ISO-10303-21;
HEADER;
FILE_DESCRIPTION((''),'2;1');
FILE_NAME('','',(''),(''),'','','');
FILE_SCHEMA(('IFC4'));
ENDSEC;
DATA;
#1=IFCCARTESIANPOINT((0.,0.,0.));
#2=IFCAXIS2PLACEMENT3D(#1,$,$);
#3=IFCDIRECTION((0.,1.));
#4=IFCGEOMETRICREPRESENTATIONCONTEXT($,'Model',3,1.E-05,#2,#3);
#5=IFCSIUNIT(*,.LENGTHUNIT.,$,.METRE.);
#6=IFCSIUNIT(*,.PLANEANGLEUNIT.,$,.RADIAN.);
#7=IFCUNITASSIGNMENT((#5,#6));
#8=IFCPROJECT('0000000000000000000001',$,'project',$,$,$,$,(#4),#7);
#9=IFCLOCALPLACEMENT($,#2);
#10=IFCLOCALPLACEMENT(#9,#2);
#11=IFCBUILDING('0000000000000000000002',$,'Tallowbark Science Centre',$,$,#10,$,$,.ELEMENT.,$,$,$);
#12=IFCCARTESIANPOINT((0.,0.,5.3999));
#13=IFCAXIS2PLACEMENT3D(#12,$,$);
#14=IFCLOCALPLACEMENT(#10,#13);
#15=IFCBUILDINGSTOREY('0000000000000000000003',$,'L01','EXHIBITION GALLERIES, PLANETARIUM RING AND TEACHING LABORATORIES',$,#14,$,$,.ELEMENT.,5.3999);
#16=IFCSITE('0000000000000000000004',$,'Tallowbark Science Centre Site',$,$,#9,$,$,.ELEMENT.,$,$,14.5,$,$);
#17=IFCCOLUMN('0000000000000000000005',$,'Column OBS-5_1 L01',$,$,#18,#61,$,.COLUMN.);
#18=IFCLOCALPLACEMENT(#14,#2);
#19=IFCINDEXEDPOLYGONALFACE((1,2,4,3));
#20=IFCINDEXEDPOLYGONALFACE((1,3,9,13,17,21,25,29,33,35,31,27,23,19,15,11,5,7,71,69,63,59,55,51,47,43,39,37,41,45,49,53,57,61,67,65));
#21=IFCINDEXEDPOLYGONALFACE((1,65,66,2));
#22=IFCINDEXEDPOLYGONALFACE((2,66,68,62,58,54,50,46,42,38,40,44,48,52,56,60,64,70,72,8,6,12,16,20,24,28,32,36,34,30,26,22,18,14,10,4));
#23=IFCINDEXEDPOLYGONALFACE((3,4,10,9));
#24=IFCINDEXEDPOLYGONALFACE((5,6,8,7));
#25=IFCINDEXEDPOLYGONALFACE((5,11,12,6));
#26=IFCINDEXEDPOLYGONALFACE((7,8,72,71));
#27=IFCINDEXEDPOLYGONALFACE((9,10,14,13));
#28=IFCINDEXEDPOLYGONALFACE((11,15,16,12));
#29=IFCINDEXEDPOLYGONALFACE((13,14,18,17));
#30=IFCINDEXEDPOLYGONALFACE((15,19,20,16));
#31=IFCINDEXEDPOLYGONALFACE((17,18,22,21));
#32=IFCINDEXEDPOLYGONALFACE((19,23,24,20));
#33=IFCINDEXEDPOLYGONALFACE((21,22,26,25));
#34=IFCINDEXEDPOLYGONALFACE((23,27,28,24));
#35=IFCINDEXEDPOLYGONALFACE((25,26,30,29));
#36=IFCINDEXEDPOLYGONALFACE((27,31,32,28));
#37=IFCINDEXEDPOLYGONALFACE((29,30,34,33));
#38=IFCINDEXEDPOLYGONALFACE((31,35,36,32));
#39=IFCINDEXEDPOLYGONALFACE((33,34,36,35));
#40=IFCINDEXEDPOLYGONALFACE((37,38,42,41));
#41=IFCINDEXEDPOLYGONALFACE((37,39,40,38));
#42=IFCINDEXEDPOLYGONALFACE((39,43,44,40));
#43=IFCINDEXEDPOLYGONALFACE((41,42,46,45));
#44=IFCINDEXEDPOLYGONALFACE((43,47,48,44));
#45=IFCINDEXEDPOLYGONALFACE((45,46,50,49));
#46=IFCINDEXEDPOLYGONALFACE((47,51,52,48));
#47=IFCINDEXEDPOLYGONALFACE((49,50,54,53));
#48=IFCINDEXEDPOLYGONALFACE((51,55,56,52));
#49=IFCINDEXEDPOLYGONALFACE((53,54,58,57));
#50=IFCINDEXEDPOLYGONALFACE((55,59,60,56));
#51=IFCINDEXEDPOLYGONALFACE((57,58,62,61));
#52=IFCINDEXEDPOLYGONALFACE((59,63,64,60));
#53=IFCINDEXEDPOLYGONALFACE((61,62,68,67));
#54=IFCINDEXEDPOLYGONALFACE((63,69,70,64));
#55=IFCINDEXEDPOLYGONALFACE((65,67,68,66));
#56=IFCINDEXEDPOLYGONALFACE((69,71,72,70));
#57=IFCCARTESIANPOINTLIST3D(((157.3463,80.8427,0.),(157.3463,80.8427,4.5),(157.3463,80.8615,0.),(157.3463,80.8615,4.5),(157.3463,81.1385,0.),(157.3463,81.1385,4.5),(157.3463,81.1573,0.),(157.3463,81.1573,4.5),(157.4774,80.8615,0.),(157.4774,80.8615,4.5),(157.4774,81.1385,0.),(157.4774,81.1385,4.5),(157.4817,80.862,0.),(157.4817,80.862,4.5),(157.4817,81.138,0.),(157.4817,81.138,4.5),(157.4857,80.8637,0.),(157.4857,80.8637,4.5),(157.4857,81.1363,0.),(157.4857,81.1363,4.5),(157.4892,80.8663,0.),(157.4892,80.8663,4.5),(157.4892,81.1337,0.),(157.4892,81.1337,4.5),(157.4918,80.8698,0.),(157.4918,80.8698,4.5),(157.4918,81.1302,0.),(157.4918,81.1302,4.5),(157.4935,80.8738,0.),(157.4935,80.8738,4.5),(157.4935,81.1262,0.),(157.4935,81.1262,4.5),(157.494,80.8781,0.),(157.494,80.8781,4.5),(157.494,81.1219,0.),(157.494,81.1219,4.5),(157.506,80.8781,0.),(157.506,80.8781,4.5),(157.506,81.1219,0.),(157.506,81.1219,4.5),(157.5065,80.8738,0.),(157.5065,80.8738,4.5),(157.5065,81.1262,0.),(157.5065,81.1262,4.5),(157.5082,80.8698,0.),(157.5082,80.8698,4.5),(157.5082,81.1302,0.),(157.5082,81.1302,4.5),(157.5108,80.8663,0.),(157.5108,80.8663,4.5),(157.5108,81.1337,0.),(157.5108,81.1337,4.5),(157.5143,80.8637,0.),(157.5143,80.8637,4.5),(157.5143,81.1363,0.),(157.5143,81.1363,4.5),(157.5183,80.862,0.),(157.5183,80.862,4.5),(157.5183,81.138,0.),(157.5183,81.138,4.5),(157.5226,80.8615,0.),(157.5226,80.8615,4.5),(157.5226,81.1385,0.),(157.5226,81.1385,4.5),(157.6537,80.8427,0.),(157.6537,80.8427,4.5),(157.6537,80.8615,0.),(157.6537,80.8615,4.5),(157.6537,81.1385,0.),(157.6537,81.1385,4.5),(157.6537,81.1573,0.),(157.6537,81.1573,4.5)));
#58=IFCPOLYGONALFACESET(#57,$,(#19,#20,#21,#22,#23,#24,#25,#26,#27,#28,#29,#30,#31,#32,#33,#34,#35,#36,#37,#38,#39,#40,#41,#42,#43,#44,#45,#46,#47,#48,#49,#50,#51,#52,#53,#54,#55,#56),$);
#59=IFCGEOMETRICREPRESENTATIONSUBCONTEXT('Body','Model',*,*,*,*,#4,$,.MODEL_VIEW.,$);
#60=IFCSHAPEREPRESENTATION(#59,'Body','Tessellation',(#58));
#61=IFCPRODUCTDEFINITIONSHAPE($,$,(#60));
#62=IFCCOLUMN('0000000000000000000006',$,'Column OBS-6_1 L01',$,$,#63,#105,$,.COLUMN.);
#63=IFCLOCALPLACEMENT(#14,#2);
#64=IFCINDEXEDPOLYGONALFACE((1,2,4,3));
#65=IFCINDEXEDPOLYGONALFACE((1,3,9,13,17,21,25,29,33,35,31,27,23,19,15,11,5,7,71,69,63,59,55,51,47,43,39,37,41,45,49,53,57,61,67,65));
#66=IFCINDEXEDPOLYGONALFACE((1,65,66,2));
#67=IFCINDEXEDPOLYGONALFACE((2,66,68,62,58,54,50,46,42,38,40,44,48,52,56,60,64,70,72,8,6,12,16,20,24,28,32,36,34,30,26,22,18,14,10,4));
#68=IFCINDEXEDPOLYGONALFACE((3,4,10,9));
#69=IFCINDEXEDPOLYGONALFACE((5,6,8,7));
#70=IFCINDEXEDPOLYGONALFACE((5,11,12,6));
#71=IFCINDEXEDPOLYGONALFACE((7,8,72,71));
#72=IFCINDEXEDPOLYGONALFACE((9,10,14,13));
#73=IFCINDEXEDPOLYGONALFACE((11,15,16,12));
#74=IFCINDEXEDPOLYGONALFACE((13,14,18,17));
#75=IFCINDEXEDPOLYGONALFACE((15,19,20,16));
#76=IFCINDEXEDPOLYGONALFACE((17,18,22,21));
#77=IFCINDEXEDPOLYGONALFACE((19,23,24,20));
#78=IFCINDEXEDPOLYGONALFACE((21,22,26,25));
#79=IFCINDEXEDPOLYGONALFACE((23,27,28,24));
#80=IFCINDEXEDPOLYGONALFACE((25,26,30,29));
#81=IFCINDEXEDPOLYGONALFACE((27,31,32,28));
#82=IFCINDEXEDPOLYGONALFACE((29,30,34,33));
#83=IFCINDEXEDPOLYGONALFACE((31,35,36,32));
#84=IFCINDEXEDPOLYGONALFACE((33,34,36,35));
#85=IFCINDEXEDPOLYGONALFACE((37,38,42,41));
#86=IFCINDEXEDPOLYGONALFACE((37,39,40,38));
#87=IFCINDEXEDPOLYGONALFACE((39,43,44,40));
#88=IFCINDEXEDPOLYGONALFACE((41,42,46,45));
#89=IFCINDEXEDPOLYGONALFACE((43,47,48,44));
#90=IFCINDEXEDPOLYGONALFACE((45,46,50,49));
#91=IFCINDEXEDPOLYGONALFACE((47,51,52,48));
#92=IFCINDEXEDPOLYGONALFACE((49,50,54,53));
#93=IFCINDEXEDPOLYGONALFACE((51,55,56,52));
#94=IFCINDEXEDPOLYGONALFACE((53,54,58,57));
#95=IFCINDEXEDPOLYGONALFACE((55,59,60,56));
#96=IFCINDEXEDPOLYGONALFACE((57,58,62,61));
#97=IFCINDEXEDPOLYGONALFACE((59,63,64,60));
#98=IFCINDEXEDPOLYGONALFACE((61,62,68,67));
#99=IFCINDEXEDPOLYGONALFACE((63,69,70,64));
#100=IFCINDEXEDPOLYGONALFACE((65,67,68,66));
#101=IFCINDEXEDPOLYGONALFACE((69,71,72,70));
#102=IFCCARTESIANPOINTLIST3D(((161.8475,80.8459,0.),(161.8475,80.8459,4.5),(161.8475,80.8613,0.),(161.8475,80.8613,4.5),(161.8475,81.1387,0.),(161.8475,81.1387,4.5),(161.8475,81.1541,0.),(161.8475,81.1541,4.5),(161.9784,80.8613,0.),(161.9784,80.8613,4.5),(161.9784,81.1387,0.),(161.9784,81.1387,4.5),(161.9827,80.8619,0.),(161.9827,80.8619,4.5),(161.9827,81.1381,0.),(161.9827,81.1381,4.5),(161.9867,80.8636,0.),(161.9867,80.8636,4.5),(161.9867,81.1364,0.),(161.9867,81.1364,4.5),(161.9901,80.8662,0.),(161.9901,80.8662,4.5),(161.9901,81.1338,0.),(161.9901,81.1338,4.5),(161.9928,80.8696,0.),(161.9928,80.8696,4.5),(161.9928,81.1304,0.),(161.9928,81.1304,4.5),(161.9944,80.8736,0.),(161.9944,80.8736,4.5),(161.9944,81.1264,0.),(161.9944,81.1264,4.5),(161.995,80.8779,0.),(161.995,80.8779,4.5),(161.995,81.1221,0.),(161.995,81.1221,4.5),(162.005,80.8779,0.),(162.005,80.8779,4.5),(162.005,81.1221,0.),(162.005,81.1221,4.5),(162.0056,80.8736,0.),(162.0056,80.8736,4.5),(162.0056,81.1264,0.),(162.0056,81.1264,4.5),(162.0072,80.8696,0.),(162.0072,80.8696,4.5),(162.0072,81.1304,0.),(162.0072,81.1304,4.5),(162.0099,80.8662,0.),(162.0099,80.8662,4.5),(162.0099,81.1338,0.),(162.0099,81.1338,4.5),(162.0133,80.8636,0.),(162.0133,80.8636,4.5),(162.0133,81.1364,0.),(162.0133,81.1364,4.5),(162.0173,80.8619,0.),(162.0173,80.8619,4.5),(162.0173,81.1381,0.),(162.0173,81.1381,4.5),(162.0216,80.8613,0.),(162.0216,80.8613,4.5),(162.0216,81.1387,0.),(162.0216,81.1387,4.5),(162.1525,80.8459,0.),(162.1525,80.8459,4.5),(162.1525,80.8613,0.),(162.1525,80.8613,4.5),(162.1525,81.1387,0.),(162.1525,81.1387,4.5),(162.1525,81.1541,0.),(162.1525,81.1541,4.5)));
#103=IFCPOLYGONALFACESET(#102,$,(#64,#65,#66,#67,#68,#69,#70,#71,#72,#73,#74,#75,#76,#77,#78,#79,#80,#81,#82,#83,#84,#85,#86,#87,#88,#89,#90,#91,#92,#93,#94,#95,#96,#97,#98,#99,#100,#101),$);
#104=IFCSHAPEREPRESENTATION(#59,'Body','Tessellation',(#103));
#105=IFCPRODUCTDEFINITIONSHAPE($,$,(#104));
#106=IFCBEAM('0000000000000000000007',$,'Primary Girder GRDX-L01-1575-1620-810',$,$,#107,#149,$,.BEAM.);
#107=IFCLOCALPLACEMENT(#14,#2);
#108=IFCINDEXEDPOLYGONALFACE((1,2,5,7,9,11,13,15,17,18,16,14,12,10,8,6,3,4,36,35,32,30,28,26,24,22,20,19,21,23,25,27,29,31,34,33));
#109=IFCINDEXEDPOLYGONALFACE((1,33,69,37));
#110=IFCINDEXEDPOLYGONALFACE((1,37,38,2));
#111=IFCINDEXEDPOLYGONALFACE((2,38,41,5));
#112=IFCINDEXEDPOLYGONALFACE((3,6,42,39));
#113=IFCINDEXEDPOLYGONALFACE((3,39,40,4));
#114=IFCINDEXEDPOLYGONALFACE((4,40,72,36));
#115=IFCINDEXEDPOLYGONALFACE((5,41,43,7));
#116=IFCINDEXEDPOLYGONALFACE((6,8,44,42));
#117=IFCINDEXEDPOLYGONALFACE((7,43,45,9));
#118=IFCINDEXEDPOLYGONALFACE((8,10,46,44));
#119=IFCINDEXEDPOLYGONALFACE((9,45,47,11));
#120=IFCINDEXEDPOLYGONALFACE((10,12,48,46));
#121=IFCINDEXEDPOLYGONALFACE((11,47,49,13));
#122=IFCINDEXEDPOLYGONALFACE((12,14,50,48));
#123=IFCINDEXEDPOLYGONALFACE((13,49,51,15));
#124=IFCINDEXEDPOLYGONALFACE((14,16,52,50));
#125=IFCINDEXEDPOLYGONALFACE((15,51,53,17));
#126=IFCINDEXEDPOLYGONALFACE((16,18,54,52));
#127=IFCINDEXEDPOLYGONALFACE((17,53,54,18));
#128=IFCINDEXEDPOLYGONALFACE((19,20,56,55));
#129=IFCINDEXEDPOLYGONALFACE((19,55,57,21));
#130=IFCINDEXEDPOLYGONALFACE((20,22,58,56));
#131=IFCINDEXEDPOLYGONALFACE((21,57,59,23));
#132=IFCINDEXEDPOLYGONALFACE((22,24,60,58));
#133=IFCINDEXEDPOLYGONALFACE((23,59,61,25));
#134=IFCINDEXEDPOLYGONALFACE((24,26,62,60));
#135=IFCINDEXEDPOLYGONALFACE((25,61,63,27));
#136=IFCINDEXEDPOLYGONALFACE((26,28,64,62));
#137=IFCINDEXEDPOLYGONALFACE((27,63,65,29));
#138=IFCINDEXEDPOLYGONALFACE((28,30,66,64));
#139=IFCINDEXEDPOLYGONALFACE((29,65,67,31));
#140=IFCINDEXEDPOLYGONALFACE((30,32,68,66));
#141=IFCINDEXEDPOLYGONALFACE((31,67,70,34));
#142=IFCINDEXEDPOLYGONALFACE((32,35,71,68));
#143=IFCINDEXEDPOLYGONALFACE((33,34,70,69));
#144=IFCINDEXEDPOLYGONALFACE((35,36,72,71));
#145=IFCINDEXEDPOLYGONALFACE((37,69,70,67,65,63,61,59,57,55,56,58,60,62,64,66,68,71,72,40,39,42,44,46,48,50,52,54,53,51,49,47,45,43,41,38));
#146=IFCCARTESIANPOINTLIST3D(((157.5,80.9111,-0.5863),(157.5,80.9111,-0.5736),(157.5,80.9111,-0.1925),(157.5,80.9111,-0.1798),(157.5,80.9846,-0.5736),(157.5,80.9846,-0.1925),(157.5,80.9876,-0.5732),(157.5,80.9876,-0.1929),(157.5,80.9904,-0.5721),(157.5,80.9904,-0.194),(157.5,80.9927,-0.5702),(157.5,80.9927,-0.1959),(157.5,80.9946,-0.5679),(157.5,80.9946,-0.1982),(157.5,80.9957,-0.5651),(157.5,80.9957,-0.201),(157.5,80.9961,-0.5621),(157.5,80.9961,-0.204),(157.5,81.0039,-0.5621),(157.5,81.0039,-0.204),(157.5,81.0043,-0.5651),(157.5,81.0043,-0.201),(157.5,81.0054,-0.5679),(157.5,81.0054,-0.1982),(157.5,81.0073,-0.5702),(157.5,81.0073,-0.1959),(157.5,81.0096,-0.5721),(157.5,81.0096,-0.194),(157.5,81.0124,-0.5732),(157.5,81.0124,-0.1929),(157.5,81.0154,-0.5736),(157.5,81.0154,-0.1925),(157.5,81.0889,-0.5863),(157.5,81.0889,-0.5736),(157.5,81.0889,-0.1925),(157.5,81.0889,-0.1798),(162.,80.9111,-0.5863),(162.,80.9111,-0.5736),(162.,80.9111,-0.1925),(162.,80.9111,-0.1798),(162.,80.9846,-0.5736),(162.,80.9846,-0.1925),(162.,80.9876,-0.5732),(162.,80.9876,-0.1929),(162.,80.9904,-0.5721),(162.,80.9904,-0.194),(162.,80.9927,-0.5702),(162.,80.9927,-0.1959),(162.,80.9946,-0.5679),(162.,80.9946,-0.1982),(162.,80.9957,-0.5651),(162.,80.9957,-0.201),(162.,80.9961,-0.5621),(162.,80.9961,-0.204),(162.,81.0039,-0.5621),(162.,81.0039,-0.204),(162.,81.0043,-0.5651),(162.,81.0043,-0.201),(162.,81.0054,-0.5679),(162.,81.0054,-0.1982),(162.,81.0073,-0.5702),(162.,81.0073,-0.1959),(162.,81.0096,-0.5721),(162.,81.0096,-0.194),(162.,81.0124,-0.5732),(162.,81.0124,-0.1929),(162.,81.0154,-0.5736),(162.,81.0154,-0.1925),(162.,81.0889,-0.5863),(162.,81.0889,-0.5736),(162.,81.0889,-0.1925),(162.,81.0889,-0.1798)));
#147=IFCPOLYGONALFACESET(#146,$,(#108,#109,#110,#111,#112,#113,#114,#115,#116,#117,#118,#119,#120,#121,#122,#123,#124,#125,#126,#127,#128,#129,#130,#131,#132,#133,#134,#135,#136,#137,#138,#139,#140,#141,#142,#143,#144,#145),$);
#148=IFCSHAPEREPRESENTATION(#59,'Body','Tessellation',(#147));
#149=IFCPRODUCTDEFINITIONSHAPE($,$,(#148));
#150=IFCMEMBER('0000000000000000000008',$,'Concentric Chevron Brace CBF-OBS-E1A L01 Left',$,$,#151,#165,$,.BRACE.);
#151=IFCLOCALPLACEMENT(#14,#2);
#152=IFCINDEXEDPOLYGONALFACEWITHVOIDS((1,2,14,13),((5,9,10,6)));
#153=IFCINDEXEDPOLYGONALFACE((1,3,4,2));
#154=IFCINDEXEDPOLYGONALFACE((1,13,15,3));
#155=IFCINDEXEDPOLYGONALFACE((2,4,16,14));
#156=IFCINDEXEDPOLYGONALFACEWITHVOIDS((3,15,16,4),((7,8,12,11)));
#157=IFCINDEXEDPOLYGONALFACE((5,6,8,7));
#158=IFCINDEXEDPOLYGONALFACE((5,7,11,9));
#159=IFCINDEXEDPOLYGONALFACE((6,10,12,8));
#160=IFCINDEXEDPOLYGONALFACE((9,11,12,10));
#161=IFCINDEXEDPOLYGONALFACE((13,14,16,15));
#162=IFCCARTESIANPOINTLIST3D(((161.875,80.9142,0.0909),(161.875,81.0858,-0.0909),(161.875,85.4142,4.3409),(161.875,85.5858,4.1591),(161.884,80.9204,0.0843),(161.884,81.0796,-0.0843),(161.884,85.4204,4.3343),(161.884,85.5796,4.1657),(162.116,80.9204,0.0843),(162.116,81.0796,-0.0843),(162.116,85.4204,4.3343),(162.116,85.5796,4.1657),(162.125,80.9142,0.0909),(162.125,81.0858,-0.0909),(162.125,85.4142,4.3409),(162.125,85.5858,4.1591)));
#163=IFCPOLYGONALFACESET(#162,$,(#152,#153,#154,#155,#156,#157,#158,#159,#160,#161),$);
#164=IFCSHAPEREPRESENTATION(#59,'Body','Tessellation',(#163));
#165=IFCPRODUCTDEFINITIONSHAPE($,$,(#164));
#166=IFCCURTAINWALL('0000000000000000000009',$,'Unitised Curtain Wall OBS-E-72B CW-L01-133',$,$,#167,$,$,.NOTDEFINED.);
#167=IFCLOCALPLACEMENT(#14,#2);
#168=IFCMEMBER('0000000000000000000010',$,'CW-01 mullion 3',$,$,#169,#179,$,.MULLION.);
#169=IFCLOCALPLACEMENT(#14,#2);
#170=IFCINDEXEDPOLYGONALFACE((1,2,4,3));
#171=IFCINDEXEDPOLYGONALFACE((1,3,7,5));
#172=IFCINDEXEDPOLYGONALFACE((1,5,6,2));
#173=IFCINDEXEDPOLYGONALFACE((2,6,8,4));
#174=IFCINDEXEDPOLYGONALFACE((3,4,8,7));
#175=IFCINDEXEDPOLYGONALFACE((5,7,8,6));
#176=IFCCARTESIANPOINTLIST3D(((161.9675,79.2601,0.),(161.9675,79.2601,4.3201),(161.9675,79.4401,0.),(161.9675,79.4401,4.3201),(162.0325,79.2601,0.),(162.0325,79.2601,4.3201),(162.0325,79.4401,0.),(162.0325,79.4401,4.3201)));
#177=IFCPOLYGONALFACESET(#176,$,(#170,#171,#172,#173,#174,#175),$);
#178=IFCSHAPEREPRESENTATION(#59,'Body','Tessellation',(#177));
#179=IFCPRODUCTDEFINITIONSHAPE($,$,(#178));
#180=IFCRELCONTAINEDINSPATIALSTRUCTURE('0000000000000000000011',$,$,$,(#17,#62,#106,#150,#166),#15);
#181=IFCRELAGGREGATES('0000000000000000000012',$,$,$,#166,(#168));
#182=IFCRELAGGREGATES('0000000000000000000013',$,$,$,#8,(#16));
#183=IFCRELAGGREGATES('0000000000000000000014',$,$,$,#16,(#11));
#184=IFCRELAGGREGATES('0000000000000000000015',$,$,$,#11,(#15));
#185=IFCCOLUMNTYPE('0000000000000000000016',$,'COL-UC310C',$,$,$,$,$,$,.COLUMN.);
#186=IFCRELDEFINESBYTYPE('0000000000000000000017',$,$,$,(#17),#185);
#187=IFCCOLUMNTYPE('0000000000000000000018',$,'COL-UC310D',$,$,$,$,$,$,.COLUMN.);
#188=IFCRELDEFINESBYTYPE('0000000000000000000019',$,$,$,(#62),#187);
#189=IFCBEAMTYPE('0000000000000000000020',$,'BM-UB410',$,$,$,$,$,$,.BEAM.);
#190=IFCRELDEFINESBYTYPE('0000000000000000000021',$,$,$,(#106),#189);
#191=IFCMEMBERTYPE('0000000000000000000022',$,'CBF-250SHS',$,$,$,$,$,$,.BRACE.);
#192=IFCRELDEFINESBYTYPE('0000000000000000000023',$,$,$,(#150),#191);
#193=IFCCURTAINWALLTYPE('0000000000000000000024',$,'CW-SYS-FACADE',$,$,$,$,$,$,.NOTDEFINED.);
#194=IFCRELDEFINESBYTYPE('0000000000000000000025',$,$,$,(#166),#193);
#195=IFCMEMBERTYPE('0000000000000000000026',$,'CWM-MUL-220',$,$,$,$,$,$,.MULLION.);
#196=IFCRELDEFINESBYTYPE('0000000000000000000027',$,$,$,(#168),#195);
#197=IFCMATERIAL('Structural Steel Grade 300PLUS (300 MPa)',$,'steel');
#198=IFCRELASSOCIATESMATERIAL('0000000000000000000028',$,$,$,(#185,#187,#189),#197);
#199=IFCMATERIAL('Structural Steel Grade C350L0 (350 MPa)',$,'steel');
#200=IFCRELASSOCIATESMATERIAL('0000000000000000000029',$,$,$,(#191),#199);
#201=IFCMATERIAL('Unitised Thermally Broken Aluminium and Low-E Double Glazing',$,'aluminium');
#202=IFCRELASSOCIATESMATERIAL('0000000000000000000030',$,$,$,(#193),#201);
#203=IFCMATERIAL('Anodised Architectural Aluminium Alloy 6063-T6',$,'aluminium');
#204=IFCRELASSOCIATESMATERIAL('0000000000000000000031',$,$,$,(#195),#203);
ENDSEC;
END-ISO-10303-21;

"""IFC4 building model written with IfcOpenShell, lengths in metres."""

from ifc_helpers import new_model, si_unit, direction, frame, origin, origin_2d, place, context, subcontext, project, spatial, rectangle, hollow_rectangle, i_section, extrude, material, material_profile, profile_set, type_object, element, aggregate, save


model = new_model("IFC4")

# Units and contexts
model_context = context("Model", 3, precision=1e-05, world=origin(), true_north=direction((0.0, 1.0)))
body_context = subcontext(model_context, "Body", "Model", "MODEL_VIEW")
ifc_project = project(units=[si_unit("LENGTHUNIT", "METRE"), si_unit("PLANEANGLEUNIT", "RADIAN")], contexts=[model_context])

# Site, building, storey
site_placement = place(None, origin())
site = spatial("IfcSite", under=ifc_project, at=site_placement, Name="Tallowbark Science Centre Site", CompositionType="ELEMENT", RefElevation=14.5)
building_placement = place(site_placement, origin())
building = spatial("IfcBuilding", under=site, at=building_placement, Name="Tallowbark Science Centre", CompositionType="ELEMENT")
storey_placement = place(building_placement, frame((0.0, 0.0, 5.3999)))
storey = spatial("IfcBuildingStorey", under=building, at=storey_placement, Name="L01", Description="EXHIBITION GALLERIES, PLANETARIUM RING AND TEACHING LABORATORIES", CompositionType="ELEMENT", Elevation=5.3999)

# Columns
ifc_material_1 = material(Name="Structural Steel Grade 300PLUS (300 MPa)", Category="steel")
ifc_material_profile_1 = material_profile(ifc_material_1, i_section(OverallWidth=0.3074, OverallDepth=0.3147, WebThickness=0.012, FlangeThickness=0.0188, FilletRadius=0.0166, at=origin_2d()), Name="310UC118")
ifc_profile_set_1 = profile_set([ifc_material_profile_1], Name="Structural Steel Grade 300PLUS (300 MPa)")
column_type_1 = type_object("IfcColumnType", Name="COL-UC310C", PredefinedType="COLUMN", material=ifc_profile_set_1)
column_1_placement = place(storey_placement, frame((157.5, 81.0, 0.0), z_axis=(0.0, 0.0, 1.0), x_axis=(1.0, 0.0, 0.0)))
element("IfcColumn", 1, at=column_1_placement, inside=storey, type_object=column_type_1, Name="Column OBS-5_1 L01", PredefinedType="COLUMN", context=body_context, shape_type="SweptSolid", body=[
    extrude(i_section(OverallWidth=0.3074, OverallDepth=0.3147, WebThickness=0.012, FlangeThickness=0.0188, FilletRadius=0.0166, at=origin_2d()), origin(), (0.0, 0.0, 1.0), 4.5),
])
ifc_material_profile_2 = material_profile(ifc_material_1, i_section(OverallWidth=0.3049, OverallDepth=0.3081, WebThickness=0.01, FlangeThickness=0.0154, FilletRadius=0.0166, at=origin_2d()), Name="310UC96.8")
ifc_profile_set_2 = profile_set([ifc_material_profile_2], Name="Structural Steel Grade 300PLUS (300 MPa)")
column_type_2 = type_object("IfcColumnType", Name="COL-UC310D", PredefinedType="COLUMN", material=ifc_profile_set_2)
column_2_placement = place(storey_placement, frame((162.0, 81.0, 0.0), z_axis=(0.0, 0.0, 1.0), x_axis=(1.0, 0.0, 0.0)))
element("IfcColumn", 2, at=column_2_placement, inside=storey, type_object=column_type_2, Name="Column OBS-6_1 L01", PredefinedType="COLUMN", context=body_context, shape_type="SweptSolid", body=[
    extrude(i_section(OverallWidth=0.3049, OverallDepth=0.3081, WebThickness=0.01, FlangeThickness=0.0154, FilletRadius=0.0166, at=origin_2d()), origin(), (0.0, 0.0, 1.0), 4.5),
])

# Beam
ifc_material_profile_3 = material_profile(ifc_material_1, i_section(OverallWidth=0.1777, OverallDepth=0.4065, WebThickness=0.0078, FlangeThickness=0.0127, FilletRadius=0.0115, at=origin_2d()), Name="410UB59.7")
ifc_profile_set_3 = profile_set([ifc_material_profile_3], Name="Structural Steel Grade 300PLUS (300 MPa)")
beam_type_1 = type_object("IfcBeamType", Name="BM-UB410", PredefinedType="BEAM", material=ifc_profile_set_3)
beam_placement = place(storey_placement, frame((157.5, 81.0, -0.3831), z_axis=(1.0, 0.0, 0.0), x_axis=(0.0, 1.0, 0.0)))
element("IfcBeam", 3, at=beam_placement, inside=storey, type_object=beam_type_1, Name="Primary Girder GRDX-L01-1575-1620-810", PredefinedType="BEAM", context=body_context, shape_type="SweptSolid", body=[
    extrude(i_section(OverallWidth=0.1777, OverallDepth=0.4065, WebThickness=0.0078, FlangeThickness=0.0127, FilletRadius=0.0115, at=origin_2d()), origin(), (0.0, 0.0, 1.0), 4.5),
])

# Member
ifc_material_2 = material(Name="Structural Steel Grade C350L0 (350 MPa)", Category="steel")
ifc_material_profile_4 = material_profile(ifc_material_2, hollow_rectangle(XDim=0.25, YDim=0.25, WallThickness=0.009, at=origin_2d()), Name="250x250x9.0SHS")
ifc_profile_set_4 = profile_set([ifc_material_profile_4], Name="Structural Steel Grade C350L0 (350 MPa)")
member_type_1 = type_object("IfcMemberType", Name="CBF-250SHS", PredefinedType="BRACE", material=ifc_profile_set_4)
member_1_placement = place(storey_placement, frame((162.0, 81.0, 0.0), z_axis=(0.0, 0.727013, 0.686624), x_axis=(-1.0, 0.0, 0.0)))
element("IfcMember", 4, at=member_1_placement, inside=storey, type_object=member_type_1, Name="Concentric Chevron Brace CBF-OBS-E1A L01 Left", PredefinedType="BRACE", context=body_context, shape_type="SweptSolid", body=[
    extrude(hollow_rectangle(XDim=0.25, YDim=0.25, WallThickness=0.009, at=origin_2d()), origin(), (0.0, 0.0, 1.0), 6.1897),
])

# Curtain wall, member
ifc_material_3 = material(Name="Unitised Thermally Broken Aluminium and Low-E Double Glazing", Category="aluminium")
curtain_wall_type = type_object("IfcCurtainWallType", Name="CW-SYS-FACADE", PredefinedType="NOTDEFINED", material=ifc_material_3)
curtain_wall_placement = place(storey_placement, origin())
curtain_wall = element("IfcCurtainWall", 5, at=curtain_wall_placement, inside=storey, type_object=curtain_wall_type, Name="Unitised Curtain Wall OBS-E-72B CW-L01-133", PredefinedType="NOTDEFINED")
ifc_material_4 = material(Name="Anodised Architectural Aluminium Alloy 6063-T6", Category="aluminium")
ifc_material_profile_5 = material_profile(ifc_material_4, rectangle(XDim=0.0649, YDim=0.1799, at=origin_2d()), Name="ALU65x180")
ifc_profile_set_5 = profile_set([ifc_material_profile_5], Name="Anodised Architectural Aluminium Alloy 6063-T6")
member_type_2 = type_object("IfcMemberType", Name="CWM-MUL-220", PredefinedType="MULLION", material=ifc_profile_set_5)
member_2_placement = place(storey_placement, frame((162.0, 79.3501, 0.0), z_axis=(0.0, 0.0, 1.0), x_axis=(-1.0, 0.0, 0.0)))
member_2 = element("IfcMember", 6, at=member_2_placement, type_object=member_type_2, Name="CW-01 mullion 3", PredefinedType="MULLION", context=body_context, shape_type="SweptSolid", body=[
    extrude(rectangle(XDim=0.0649, YDim=0.1799, at=origin_2d()), origin(), (0.0, 0.0, 1.0), 4.3201),
])

aggregate(curtain_wall, [member_2])

save(model, "model.ifc")
